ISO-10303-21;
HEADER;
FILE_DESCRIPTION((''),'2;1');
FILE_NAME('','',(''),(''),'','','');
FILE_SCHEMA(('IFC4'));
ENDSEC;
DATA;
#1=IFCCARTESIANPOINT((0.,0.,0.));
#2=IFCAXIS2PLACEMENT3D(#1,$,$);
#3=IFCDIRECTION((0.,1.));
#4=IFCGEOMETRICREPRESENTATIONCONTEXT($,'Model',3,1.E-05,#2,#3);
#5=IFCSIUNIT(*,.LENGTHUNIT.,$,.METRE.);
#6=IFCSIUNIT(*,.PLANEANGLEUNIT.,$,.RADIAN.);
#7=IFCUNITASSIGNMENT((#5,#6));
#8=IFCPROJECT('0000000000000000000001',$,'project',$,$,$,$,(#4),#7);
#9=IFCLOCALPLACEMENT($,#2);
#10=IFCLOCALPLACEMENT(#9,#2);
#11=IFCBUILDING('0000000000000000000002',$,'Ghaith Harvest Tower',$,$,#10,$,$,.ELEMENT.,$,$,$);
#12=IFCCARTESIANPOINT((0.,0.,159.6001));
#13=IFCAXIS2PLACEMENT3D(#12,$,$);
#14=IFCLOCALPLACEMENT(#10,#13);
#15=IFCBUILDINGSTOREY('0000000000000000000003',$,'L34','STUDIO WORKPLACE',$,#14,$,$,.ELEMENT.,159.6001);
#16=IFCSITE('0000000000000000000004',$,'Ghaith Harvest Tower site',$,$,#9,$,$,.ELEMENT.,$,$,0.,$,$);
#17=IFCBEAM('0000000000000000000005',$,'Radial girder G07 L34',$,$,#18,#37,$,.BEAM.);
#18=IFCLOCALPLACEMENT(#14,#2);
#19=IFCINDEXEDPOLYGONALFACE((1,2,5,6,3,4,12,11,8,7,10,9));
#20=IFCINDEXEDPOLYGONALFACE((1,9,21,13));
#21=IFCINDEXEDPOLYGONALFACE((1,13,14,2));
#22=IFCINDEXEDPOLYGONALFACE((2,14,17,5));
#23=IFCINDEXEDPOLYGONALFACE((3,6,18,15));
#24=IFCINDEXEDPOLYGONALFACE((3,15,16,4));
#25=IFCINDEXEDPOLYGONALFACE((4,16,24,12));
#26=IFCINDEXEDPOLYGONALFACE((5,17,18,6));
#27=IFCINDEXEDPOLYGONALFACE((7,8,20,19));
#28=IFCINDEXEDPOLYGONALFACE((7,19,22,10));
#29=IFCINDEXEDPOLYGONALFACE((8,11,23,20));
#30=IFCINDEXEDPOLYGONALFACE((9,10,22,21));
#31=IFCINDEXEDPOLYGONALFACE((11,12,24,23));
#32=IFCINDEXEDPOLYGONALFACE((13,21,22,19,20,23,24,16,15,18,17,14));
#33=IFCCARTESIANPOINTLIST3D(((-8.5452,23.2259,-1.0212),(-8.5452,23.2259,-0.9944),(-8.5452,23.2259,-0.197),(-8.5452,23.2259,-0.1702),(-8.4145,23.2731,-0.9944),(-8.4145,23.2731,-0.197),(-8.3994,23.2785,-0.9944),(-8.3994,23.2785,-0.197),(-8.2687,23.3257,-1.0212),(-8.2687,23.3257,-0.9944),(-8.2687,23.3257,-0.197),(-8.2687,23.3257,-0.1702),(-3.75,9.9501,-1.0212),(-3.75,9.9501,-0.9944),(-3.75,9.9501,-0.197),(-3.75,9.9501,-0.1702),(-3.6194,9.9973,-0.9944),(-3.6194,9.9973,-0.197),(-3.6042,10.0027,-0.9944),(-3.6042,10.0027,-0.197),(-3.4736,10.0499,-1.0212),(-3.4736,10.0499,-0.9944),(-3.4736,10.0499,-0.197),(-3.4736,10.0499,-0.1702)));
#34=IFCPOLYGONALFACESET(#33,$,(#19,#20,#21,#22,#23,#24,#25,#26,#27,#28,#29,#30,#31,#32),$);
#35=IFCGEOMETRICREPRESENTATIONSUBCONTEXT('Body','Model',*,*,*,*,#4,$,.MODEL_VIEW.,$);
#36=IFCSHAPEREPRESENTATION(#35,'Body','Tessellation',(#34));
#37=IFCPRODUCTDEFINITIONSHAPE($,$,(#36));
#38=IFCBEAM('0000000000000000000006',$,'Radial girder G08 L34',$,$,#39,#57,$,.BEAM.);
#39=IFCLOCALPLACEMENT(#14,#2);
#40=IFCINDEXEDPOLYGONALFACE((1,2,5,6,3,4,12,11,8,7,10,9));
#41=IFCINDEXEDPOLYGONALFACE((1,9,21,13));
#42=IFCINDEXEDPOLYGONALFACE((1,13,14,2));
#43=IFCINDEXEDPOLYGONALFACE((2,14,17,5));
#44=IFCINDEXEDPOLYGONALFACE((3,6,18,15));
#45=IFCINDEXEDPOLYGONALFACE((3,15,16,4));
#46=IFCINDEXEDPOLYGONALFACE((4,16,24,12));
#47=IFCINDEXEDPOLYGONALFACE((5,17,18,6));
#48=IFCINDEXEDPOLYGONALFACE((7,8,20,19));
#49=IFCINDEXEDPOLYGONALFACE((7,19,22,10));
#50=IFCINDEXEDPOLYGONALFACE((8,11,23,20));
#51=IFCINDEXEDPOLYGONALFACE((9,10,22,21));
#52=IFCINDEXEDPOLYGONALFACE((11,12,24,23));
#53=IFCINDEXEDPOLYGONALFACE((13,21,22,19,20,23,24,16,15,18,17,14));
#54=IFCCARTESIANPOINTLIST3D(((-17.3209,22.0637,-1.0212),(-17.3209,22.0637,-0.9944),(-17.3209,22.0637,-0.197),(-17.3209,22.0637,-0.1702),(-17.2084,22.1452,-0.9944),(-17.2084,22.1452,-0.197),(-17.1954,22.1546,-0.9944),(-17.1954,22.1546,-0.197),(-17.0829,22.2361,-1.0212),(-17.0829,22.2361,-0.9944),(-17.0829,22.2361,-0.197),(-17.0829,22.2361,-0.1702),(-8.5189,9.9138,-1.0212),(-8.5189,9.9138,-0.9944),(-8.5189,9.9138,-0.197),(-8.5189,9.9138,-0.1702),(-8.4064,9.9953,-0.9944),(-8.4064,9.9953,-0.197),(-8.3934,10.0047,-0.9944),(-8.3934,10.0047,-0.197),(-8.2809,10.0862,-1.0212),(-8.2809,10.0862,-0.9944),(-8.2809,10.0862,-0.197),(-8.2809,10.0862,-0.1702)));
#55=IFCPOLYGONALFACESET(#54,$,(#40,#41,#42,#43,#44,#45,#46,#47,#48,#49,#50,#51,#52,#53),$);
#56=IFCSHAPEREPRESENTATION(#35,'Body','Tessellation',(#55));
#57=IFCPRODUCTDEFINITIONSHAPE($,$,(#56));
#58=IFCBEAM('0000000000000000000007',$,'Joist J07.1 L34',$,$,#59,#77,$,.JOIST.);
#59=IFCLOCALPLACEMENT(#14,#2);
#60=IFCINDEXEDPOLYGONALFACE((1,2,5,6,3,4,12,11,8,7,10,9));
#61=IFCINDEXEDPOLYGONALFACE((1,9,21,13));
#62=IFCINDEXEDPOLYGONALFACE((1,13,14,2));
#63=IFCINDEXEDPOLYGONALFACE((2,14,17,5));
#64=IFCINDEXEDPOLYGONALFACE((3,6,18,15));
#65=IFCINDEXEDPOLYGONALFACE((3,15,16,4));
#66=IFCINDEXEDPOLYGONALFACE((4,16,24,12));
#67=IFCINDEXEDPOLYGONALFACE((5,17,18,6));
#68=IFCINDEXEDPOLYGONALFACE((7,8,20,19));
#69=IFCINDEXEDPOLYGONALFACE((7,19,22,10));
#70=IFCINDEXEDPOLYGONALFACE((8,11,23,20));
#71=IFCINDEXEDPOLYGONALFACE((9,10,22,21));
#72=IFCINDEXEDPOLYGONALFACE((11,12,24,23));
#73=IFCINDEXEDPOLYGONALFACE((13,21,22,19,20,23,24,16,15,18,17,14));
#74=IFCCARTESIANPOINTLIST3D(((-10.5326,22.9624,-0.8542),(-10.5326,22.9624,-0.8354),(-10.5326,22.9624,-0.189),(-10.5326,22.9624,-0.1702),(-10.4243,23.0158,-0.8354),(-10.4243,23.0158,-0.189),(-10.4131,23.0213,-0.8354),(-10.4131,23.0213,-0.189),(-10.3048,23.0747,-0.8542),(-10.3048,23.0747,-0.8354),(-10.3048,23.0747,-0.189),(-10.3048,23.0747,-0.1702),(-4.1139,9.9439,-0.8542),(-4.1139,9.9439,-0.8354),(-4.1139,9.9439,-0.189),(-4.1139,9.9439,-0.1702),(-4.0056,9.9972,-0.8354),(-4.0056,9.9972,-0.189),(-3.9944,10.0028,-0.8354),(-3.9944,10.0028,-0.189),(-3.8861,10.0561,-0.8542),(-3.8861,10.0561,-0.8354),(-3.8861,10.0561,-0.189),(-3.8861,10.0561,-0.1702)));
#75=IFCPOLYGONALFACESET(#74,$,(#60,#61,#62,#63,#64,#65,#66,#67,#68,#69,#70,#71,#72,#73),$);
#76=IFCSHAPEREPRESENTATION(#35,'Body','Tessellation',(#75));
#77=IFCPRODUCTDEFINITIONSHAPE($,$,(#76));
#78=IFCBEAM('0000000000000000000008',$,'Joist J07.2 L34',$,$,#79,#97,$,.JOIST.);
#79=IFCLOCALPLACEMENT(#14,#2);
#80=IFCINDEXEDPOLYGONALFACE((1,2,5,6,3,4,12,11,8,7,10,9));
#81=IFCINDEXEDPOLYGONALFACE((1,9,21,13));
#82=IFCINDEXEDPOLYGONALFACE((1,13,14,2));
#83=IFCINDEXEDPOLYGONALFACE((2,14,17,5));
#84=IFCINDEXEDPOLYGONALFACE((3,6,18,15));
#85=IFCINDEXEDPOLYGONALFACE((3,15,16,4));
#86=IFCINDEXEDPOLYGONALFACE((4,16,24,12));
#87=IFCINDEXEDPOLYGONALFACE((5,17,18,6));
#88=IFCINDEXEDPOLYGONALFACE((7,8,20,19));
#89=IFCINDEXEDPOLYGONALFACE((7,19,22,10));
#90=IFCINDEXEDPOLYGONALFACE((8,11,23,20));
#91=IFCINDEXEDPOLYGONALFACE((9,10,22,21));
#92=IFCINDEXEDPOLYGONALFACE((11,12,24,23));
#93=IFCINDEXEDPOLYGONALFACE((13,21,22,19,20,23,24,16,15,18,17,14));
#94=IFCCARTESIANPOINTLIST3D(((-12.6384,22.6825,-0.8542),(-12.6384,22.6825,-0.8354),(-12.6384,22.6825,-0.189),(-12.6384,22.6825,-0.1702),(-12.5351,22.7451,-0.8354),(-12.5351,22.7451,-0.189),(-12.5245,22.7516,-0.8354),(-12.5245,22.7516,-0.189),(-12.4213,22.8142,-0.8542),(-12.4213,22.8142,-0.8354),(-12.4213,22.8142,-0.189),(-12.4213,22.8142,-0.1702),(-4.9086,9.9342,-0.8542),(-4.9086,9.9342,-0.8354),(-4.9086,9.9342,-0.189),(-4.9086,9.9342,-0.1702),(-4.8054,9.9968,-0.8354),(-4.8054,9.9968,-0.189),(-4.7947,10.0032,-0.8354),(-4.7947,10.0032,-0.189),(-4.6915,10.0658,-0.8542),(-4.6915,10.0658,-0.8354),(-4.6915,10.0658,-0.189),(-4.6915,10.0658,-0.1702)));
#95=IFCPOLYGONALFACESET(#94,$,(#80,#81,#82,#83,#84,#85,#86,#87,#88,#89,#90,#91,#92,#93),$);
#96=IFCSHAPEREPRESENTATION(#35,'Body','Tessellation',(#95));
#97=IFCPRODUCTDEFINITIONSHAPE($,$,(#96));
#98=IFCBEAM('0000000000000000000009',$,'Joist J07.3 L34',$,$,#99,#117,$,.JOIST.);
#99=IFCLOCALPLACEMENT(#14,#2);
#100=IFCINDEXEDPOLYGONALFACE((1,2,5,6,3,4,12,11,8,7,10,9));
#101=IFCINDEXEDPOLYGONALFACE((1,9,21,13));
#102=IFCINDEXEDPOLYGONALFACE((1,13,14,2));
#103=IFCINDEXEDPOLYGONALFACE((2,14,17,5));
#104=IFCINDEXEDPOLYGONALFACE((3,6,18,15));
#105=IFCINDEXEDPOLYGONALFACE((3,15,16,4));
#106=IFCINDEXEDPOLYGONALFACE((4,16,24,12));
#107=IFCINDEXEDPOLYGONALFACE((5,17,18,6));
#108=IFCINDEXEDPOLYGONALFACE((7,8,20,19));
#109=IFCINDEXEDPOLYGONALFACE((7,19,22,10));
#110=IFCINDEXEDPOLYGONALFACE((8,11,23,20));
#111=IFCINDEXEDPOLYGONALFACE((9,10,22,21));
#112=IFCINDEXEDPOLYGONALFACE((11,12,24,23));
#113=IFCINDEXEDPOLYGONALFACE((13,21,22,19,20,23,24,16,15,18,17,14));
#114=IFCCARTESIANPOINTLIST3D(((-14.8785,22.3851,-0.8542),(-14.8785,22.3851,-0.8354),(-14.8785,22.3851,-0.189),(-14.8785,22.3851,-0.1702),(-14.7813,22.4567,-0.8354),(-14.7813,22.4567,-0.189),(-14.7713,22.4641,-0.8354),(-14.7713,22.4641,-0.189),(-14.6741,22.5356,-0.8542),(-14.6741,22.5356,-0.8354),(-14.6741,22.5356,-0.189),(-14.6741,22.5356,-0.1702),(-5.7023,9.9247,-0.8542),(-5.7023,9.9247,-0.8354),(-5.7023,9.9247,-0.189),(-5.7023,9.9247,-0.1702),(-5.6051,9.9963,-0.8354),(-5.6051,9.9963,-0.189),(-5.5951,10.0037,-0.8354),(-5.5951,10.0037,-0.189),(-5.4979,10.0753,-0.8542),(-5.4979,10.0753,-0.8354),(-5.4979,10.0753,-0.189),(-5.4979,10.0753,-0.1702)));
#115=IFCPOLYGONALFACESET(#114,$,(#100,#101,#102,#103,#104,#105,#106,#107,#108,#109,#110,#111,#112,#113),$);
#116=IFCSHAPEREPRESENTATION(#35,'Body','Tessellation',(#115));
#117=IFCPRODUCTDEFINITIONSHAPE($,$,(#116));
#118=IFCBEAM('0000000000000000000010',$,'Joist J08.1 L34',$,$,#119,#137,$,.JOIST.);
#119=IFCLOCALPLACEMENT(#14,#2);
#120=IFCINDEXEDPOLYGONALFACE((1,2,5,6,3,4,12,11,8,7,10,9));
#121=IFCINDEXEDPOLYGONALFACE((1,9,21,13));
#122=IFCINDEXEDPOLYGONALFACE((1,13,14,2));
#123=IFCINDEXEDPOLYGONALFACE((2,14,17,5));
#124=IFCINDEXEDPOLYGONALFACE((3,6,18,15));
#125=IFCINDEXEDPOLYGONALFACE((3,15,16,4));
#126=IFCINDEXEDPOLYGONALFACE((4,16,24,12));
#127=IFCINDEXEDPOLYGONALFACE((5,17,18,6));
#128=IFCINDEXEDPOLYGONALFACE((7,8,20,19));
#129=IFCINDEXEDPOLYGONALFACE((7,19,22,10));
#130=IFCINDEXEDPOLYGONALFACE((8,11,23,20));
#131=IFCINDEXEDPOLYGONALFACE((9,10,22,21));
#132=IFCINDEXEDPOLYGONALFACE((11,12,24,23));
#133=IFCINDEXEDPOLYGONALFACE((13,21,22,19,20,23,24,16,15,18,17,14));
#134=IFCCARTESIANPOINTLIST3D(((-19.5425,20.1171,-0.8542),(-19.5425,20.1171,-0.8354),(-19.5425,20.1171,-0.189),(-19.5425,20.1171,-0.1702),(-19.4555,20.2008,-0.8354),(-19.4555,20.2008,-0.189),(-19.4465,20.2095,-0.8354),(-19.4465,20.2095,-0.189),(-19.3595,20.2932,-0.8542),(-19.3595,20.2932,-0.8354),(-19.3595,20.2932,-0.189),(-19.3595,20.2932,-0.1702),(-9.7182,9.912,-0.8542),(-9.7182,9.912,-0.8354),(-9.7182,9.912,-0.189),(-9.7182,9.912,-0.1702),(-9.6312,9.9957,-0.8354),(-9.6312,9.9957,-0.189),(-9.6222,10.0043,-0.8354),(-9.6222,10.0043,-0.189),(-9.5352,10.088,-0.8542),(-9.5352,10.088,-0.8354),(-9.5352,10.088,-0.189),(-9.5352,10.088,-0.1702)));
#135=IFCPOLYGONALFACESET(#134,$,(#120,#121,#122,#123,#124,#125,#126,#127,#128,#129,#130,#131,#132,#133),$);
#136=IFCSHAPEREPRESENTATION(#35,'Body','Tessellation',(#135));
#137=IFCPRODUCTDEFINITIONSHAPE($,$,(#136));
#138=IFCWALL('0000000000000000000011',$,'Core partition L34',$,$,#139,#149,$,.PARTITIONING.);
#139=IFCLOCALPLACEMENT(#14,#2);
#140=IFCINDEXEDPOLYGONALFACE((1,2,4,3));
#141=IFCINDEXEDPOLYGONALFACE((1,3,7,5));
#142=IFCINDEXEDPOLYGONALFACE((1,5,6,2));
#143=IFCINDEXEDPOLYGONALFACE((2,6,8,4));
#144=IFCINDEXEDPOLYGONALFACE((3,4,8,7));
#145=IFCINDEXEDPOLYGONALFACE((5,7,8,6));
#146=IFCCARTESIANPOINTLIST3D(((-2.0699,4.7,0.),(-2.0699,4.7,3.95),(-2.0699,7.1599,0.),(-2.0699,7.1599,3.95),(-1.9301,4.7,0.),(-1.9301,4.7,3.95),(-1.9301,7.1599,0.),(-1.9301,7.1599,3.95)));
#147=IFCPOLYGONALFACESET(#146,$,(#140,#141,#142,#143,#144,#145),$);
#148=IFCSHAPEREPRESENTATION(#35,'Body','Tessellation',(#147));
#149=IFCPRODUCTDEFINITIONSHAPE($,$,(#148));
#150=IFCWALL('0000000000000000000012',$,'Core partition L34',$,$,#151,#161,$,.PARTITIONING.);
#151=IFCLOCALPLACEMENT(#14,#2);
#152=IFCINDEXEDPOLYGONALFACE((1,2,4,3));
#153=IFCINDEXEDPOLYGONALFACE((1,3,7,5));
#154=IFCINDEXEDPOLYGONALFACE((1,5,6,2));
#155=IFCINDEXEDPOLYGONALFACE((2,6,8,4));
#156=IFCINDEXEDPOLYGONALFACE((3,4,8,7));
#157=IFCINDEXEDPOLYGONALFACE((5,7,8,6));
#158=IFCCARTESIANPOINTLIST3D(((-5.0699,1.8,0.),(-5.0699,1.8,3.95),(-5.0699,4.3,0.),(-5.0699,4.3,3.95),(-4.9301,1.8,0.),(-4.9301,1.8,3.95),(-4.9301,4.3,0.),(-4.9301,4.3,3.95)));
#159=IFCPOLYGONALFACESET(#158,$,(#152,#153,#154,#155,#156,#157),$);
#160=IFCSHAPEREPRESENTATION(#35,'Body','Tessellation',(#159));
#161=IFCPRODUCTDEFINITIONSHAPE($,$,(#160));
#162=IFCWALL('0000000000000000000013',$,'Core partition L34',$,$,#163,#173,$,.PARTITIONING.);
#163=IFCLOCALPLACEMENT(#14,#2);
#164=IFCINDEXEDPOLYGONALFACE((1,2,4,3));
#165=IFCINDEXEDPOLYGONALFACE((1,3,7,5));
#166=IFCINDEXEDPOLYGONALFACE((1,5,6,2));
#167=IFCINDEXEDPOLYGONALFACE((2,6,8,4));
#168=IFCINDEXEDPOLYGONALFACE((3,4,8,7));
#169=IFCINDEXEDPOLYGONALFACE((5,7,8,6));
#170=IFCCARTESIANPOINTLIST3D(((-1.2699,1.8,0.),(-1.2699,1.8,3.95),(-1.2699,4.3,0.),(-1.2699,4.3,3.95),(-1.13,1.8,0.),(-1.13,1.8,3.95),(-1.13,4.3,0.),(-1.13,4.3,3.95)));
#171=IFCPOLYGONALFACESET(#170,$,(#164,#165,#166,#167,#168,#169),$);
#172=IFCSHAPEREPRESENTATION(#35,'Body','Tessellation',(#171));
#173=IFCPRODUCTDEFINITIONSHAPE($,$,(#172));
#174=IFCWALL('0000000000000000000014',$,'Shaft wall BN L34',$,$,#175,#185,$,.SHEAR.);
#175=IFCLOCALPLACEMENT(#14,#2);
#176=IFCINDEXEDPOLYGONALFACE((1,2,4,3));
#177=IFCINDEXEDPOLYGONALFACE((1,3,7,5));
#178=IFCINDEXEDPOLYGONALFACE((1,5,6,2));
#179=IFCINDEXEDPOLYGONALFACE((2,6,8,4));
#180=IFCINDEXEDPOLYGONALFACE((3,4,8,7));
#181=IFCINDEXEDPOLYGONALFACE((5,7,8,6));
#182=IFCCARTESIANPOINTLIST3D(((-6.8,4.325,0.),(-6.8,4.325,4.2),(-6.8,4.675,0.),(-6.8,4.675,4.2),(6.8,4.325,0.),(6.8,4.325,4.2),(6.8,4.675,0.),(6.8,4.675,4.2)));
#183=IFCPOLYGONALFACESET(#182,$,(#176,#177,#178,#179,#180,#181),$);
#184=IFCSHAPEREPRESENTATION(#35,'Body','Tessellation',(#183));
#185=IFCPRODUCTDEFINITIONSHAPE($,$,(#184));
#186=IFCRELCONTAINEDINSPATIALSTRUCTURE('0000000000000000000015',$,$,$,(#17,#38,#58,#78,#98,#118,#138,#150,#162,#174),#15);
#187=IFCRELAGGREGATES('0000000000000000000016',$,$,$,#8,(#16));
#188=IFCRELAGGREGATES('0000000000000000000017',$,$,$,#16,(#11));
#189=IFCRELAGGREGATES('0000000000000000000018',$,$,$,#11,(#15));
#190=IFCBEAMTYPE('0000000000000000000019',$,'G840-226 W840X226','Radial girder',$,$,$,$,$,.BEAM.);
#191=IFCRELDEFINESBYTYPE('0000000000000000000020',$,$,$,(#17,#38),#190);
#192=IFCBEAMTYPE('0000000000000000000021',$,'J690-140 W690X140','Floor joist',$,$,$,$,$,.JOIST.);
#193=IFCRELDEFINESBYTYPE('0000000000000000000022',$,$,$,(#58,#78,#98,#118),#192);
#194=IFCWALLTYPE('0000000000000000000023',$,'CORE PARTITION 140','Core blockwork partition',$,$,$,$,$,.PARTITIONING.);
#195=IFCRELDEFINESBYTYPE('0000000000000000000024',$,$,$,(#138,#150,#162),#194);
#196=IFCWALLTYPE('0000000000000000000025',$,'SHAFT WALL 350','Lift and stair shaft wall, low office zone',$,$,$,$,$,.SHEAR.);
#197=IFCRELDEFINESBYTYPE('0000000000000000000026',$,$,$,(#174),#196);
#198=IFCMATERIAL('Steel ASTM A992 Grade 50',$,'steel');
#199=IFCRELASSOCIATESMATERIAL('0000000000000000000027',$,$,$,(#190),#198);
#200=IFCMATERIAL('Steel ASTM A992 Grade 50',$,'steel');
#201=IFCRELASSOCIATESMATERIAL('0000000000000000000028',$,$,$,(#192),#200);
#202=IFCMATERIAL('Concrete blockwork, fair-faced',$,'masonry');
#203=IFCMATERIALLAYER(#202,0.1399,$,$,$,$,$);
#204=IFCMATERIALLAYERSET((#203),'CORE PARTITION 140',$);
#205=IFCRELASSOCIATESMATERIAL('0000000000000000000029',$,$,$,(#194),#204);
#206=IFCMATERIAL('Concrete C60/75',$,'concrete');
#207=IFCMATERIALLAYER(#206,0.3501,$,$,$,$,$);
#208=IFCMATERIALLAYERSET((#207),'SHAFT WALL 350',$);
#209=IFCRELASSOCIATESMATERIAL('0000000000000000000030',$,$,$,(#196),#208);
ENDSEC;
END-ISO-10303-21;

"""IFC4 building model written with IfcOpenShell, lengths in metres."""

from ifc_helpers import new_model, si_unit, direction, frame, frame_2d, origin, origin_2d, place, context, subcontext, project, spatial, rectangle, i_section, extrude, material, layer, layer_set, material_profile, profile_set, type_object, element, save


model = new_model("IFC4")

# Units and contexts
model_context = context("Model", 3, precision=1e-05, world=origin(), true_north=direction((0.0, 1.0)))
body_context = subcontext(model_context, "Body", "Model", "MODEL_VIEW")
ifc_project = project(units=[si_unit("LENGTHUNIT", "METRE"), si_unit("PLANEANGLEUNIT", "RADIAN")], contexts=[model_context])

# Site, building, storey
site_placement = place(None, origin())
site = spatial("IfcSite", under=ifc_project, at=site_placement, Name="Ghaith Harvest Tower site", CompositionType="ELEMENT", RefElevation=0.0)
building_placement = place(site_placement, origin())
building = spatial("IfcBuilding", under=site, at=building_placement, Name="Ghaith Harvest Tower", CompositionType="ELEMENT")
storey_placement = place(building_placement, frame((0.0, 0.0, 159.6001)))
storey = spatial("IfcBuildingStorey", under=building, at=storey_placement, Name="L34", Description="STUDIO WORKPLACE", CompositionType="ELEMENT", Elevation=159.6001)

# Beams
ifc_material_1 = material(Name="Steel ASTM A992 Grade 50", Category="steel")
ifc_material_profile_1 = material_profile(ifc_material_1, i_section(OverallWidth=0.2939, OverallDepth=0.8511, WebThickness=0.0161, FlangeThickness=0.0269, at=origin_2d()), Name="W840X226")
ifc_profile_set_1 = profile_set([ifc_material_profile_1], Name="Steel ASTM A992 Grade 50")
beam_type_1 = type_object("IfcBeamType", Name="G840-226 W840X226", Description="Radial girder", PredefinedType="BEAM", material=ifc_profile_set_1)
beam_1_placement = place(storey_placement, frame((-3.6118, 10.0, -0.5957), z_axis=(-0.339713, 0.940529, 0.0), x_axis=(-0.940529, -0.339713, 0.0)))
element("IfcBeam", 1, at=beam_1_placement, inside=storey, type_object=beam_type_1, Name="Radial girder G07 L34", PredefinedType="BEAM", context=body_context, shape_type="SweptSolid", body=[
    extrude(i_section(OverallWidth=0.2939, OverallDepth=0.8511, WebThickness=0.0161, FlangeThickness=0.0269, at=origin_2d()), origin(), (0.0, 0.0, 1.0), 14.1152),
])
beam_2_placement = place(storey_placement, frame((-8.3999, 10.0, -0.5957), z_axis=(-0.586676, 0.809822, 0.0), x_axis=(-0.809822, -0.586676, 0.0)))
element("IfcBeam", 2, at=beam_2_placement, inside=storey, type_object=beam_type_1, Name="Radial girder G08 L34", PredefinedType="BEAM", context=body_context, shape_type="SweptSolid", body=[
    extrude(i_section(OverallWidth=0.2939, OverallDepth=0.8511, WebThickness=0.0161, FlangeThickness=0.0269, at=origin_2d()), origin(), (0.0, 0.0, 1.0), 15.0032),
])
ifc_material_2 = material(Name="Steel ASTM A992 Grade 50", Category="steel")
ifc_material_profile_2 = material_profile(ifc_material_2, i_section(OverallWidth=0.2539, OverallDepth=0.6841, WebThickness=0.0125, FlangeThickness=0.0188, at=origin_2d()), Name="W690X140")
ifc_profile_set_2 = profile_set([ifc_material_profile_2], Name="Steel ASTM A992 Grade 50")
beam_type_2 = type_object("IfcBeamType", Name="J690-140 W690X140", Description="Floor joist", PredefinedType="JOIST", material=ifc_profile_set_2)
beam_3_placement = place(storey_placement, frame((-4.0, 10.0, -0.5122), z_axis=(-0.442214, 0.896909, 0.0), x_axis=(-0.896909, -0.442214, 0.0)))
element("IfcBeam", 3, at=beam_3_placement, inside=storey, type_object=beam_type_2, Name="Joist J07.1 L34", PredefinedType="JOIST", context=body_context, shape_type="SweptSolid", body=[
    extrude(i_section(OverallWidth=0.2539, OverallDepth=0.6841, WebThickness=0.0125, FlangeThickness=0.0188, at=origin_2d()), origin(), (0.0, 0.0, 1.0), 14.5149),
])
beam_4_placement = place(storey_placement, frame((-4.8, 10.0, -0.5122), z_axis=(-0.518473, 0.855094, 0.0), x_axis=(-0.855094, -0.518473, 0.0)))
element("IfcBeam", 4, at=beam_4_placement, inside=storey, type_object=beam_type_2, Name="Joist J07.2 L34", PredefinedType="JOIST", context=body_context, shape_type="SweptSolid", body=[
    extrude(i_section(OverallWidth=0.2539, OverallDepth=0.6841, WebThickness=0.0125, FlangeThickness=0.0188, at=origin_2d()), origin(), (0.0, 0.0, 1.0), 14.9087),
])
beam_5_placement = place(storey_placement, frame((-5.6001, 10.0, -0.5122), z_axis=(-0.592985, 0.805214, 0.0), x_axis=(-0.805214, -0.592985, 0.0)))
element("IfcBeam", 5, at=beam_5_placement, inside=storey, type_object=beam_type_2, Name="Joist J07.3 L34", PredefinedType="JOIST", context=body_context, shape_type="SweptSolid", body=[
    extrude(i_section(OverallWidth=0.2539, OverallDepth=0.6841, WebThickness=0.0125, FlangeThickness=0.0188, at=origin_2d()), origin(), (0.0, 0.0, 1.0), 15.4746),
])
beam_6_placement = place(storey_placement, frame((-9.6267, 10.0, -0.5122), z_axis=(-0.693536, 0.720422, 0.0), x_axis=(-0.720422, -0.693536, 0.0)))
element("IfcBeam", 6, at=beam_6_placement, inside=storey, type_object=beam_type_2, Name="Joist J08.1 L34", PredefinedType="JOIST", context=body_context, shape_type="SweptSolid", body=[
    extrude(i_section(OverallWidth=0.2539, OverallDepth=0.6841, WebThickness=0.0125, FlangeThickness=0.0188, at=origin_2d()), origin(), (0.0, 0.0, 1.0), 14.1655),
])

# Shared definitions
ifc_material_3 = material(Name="Concrete blockwork, fair-faced", Category="masonry")
ifc_layer_1 = layer(ifc_material_3, 0.1399)
ifc_layer_set_1 = layer_set([ifc_layer_1], Name="CORE PARTITION 140")
wall_type_1 = type_object("IfcWallType", Name="CORE PARTITION 140", Description="Core blockwork partition", PredefinedType="PARTITIONING", material=ifc_layer_set_1)

# Walls
wall_1_placement = place(storey_placement, frame((-2.0, 4.7, 0.0), z_axis=(0.0, 0.0, 1.0), x_axis=(0.0, 1.0, 0.0)))
element("IfcWall", 7, at=wall_1_placement, inside=storey, type_object=wall_type_1, Name="Core partition L34", PredefinedType="PARTITIONING", context=body_context, shape_type="SweptSolid", body=[
    extrude(rectangle(XDim=2.46, YDim=0.1399, at=frame_2d((1.23, 0.0))), origin(), (0.0, 0.0, 1.0), 3.95),
])
for number, where, z_axis, x_axis, name in (
    (8, (-5.0, 1.8, 0.0), (0.0, 0.0, 1.0), (0.0, 1.0, 0.0), "Core partition L34"),
    (9, (-1.2, 1.8, 0.0), (0.0, 0.0, 1.0), (0.0, 1.0, 0.0), "Core partition L34"),
):
    element("IfcWall", number, at=place(storey_placement, frame(where, z_axis=z_axis, x_axis=x_axis)), inside=storey, type_object=wall_type_1, Name=name, PredefinedType="PARTITIONING", context=body_context, shape_type="SweptSolid", body=[
        extrude(rectangle(XDim=2.5, YDim=0.1399, at=frame_2d((1.25, 0.0))), origin(), (0.0, 0.0, 1.0), 3.95),
    ])

# Shared definitions
ifc_material_4 = material(Name="Concrete C60/75", Category="concrete")
ifc_layer_2 = layer(ifc_material_4, 0.3501)
ifc_layer_set_2 = layer_set([ifc_layer_2], Name="SHAFT WALL 350")
wall_type_2 = type_object("IfcWallType", Name="SHAFT WALL 350", Description="Lift and stair shaft wall, low office zone", PredefinedType="SHEAR", material=ifc_layer_set_2)

# Wall
wall_2_placement = place(storey_placement, frame((-6.8, 4.5, 0.0), z_axis=(0.0, 0.0, 1.0), x_axis=(1.0, 0.0, 0.0)))
element("IfcWall", 10, at=wall_2_placement, inside=storey, type_object=wall_type_2, Name="Shaft wall BN L34", PredefinedType="SHEAR", context=body_context, shape_type="SweptSolid", body=[
    extrude(rectangle(XDim=13.6001, YDim=0.3501, at=frame_2d((6.8, 0.0))), origin(), (0.0, 0.0, 1.0), 4.2),
])

save(model, "model.ifc")
